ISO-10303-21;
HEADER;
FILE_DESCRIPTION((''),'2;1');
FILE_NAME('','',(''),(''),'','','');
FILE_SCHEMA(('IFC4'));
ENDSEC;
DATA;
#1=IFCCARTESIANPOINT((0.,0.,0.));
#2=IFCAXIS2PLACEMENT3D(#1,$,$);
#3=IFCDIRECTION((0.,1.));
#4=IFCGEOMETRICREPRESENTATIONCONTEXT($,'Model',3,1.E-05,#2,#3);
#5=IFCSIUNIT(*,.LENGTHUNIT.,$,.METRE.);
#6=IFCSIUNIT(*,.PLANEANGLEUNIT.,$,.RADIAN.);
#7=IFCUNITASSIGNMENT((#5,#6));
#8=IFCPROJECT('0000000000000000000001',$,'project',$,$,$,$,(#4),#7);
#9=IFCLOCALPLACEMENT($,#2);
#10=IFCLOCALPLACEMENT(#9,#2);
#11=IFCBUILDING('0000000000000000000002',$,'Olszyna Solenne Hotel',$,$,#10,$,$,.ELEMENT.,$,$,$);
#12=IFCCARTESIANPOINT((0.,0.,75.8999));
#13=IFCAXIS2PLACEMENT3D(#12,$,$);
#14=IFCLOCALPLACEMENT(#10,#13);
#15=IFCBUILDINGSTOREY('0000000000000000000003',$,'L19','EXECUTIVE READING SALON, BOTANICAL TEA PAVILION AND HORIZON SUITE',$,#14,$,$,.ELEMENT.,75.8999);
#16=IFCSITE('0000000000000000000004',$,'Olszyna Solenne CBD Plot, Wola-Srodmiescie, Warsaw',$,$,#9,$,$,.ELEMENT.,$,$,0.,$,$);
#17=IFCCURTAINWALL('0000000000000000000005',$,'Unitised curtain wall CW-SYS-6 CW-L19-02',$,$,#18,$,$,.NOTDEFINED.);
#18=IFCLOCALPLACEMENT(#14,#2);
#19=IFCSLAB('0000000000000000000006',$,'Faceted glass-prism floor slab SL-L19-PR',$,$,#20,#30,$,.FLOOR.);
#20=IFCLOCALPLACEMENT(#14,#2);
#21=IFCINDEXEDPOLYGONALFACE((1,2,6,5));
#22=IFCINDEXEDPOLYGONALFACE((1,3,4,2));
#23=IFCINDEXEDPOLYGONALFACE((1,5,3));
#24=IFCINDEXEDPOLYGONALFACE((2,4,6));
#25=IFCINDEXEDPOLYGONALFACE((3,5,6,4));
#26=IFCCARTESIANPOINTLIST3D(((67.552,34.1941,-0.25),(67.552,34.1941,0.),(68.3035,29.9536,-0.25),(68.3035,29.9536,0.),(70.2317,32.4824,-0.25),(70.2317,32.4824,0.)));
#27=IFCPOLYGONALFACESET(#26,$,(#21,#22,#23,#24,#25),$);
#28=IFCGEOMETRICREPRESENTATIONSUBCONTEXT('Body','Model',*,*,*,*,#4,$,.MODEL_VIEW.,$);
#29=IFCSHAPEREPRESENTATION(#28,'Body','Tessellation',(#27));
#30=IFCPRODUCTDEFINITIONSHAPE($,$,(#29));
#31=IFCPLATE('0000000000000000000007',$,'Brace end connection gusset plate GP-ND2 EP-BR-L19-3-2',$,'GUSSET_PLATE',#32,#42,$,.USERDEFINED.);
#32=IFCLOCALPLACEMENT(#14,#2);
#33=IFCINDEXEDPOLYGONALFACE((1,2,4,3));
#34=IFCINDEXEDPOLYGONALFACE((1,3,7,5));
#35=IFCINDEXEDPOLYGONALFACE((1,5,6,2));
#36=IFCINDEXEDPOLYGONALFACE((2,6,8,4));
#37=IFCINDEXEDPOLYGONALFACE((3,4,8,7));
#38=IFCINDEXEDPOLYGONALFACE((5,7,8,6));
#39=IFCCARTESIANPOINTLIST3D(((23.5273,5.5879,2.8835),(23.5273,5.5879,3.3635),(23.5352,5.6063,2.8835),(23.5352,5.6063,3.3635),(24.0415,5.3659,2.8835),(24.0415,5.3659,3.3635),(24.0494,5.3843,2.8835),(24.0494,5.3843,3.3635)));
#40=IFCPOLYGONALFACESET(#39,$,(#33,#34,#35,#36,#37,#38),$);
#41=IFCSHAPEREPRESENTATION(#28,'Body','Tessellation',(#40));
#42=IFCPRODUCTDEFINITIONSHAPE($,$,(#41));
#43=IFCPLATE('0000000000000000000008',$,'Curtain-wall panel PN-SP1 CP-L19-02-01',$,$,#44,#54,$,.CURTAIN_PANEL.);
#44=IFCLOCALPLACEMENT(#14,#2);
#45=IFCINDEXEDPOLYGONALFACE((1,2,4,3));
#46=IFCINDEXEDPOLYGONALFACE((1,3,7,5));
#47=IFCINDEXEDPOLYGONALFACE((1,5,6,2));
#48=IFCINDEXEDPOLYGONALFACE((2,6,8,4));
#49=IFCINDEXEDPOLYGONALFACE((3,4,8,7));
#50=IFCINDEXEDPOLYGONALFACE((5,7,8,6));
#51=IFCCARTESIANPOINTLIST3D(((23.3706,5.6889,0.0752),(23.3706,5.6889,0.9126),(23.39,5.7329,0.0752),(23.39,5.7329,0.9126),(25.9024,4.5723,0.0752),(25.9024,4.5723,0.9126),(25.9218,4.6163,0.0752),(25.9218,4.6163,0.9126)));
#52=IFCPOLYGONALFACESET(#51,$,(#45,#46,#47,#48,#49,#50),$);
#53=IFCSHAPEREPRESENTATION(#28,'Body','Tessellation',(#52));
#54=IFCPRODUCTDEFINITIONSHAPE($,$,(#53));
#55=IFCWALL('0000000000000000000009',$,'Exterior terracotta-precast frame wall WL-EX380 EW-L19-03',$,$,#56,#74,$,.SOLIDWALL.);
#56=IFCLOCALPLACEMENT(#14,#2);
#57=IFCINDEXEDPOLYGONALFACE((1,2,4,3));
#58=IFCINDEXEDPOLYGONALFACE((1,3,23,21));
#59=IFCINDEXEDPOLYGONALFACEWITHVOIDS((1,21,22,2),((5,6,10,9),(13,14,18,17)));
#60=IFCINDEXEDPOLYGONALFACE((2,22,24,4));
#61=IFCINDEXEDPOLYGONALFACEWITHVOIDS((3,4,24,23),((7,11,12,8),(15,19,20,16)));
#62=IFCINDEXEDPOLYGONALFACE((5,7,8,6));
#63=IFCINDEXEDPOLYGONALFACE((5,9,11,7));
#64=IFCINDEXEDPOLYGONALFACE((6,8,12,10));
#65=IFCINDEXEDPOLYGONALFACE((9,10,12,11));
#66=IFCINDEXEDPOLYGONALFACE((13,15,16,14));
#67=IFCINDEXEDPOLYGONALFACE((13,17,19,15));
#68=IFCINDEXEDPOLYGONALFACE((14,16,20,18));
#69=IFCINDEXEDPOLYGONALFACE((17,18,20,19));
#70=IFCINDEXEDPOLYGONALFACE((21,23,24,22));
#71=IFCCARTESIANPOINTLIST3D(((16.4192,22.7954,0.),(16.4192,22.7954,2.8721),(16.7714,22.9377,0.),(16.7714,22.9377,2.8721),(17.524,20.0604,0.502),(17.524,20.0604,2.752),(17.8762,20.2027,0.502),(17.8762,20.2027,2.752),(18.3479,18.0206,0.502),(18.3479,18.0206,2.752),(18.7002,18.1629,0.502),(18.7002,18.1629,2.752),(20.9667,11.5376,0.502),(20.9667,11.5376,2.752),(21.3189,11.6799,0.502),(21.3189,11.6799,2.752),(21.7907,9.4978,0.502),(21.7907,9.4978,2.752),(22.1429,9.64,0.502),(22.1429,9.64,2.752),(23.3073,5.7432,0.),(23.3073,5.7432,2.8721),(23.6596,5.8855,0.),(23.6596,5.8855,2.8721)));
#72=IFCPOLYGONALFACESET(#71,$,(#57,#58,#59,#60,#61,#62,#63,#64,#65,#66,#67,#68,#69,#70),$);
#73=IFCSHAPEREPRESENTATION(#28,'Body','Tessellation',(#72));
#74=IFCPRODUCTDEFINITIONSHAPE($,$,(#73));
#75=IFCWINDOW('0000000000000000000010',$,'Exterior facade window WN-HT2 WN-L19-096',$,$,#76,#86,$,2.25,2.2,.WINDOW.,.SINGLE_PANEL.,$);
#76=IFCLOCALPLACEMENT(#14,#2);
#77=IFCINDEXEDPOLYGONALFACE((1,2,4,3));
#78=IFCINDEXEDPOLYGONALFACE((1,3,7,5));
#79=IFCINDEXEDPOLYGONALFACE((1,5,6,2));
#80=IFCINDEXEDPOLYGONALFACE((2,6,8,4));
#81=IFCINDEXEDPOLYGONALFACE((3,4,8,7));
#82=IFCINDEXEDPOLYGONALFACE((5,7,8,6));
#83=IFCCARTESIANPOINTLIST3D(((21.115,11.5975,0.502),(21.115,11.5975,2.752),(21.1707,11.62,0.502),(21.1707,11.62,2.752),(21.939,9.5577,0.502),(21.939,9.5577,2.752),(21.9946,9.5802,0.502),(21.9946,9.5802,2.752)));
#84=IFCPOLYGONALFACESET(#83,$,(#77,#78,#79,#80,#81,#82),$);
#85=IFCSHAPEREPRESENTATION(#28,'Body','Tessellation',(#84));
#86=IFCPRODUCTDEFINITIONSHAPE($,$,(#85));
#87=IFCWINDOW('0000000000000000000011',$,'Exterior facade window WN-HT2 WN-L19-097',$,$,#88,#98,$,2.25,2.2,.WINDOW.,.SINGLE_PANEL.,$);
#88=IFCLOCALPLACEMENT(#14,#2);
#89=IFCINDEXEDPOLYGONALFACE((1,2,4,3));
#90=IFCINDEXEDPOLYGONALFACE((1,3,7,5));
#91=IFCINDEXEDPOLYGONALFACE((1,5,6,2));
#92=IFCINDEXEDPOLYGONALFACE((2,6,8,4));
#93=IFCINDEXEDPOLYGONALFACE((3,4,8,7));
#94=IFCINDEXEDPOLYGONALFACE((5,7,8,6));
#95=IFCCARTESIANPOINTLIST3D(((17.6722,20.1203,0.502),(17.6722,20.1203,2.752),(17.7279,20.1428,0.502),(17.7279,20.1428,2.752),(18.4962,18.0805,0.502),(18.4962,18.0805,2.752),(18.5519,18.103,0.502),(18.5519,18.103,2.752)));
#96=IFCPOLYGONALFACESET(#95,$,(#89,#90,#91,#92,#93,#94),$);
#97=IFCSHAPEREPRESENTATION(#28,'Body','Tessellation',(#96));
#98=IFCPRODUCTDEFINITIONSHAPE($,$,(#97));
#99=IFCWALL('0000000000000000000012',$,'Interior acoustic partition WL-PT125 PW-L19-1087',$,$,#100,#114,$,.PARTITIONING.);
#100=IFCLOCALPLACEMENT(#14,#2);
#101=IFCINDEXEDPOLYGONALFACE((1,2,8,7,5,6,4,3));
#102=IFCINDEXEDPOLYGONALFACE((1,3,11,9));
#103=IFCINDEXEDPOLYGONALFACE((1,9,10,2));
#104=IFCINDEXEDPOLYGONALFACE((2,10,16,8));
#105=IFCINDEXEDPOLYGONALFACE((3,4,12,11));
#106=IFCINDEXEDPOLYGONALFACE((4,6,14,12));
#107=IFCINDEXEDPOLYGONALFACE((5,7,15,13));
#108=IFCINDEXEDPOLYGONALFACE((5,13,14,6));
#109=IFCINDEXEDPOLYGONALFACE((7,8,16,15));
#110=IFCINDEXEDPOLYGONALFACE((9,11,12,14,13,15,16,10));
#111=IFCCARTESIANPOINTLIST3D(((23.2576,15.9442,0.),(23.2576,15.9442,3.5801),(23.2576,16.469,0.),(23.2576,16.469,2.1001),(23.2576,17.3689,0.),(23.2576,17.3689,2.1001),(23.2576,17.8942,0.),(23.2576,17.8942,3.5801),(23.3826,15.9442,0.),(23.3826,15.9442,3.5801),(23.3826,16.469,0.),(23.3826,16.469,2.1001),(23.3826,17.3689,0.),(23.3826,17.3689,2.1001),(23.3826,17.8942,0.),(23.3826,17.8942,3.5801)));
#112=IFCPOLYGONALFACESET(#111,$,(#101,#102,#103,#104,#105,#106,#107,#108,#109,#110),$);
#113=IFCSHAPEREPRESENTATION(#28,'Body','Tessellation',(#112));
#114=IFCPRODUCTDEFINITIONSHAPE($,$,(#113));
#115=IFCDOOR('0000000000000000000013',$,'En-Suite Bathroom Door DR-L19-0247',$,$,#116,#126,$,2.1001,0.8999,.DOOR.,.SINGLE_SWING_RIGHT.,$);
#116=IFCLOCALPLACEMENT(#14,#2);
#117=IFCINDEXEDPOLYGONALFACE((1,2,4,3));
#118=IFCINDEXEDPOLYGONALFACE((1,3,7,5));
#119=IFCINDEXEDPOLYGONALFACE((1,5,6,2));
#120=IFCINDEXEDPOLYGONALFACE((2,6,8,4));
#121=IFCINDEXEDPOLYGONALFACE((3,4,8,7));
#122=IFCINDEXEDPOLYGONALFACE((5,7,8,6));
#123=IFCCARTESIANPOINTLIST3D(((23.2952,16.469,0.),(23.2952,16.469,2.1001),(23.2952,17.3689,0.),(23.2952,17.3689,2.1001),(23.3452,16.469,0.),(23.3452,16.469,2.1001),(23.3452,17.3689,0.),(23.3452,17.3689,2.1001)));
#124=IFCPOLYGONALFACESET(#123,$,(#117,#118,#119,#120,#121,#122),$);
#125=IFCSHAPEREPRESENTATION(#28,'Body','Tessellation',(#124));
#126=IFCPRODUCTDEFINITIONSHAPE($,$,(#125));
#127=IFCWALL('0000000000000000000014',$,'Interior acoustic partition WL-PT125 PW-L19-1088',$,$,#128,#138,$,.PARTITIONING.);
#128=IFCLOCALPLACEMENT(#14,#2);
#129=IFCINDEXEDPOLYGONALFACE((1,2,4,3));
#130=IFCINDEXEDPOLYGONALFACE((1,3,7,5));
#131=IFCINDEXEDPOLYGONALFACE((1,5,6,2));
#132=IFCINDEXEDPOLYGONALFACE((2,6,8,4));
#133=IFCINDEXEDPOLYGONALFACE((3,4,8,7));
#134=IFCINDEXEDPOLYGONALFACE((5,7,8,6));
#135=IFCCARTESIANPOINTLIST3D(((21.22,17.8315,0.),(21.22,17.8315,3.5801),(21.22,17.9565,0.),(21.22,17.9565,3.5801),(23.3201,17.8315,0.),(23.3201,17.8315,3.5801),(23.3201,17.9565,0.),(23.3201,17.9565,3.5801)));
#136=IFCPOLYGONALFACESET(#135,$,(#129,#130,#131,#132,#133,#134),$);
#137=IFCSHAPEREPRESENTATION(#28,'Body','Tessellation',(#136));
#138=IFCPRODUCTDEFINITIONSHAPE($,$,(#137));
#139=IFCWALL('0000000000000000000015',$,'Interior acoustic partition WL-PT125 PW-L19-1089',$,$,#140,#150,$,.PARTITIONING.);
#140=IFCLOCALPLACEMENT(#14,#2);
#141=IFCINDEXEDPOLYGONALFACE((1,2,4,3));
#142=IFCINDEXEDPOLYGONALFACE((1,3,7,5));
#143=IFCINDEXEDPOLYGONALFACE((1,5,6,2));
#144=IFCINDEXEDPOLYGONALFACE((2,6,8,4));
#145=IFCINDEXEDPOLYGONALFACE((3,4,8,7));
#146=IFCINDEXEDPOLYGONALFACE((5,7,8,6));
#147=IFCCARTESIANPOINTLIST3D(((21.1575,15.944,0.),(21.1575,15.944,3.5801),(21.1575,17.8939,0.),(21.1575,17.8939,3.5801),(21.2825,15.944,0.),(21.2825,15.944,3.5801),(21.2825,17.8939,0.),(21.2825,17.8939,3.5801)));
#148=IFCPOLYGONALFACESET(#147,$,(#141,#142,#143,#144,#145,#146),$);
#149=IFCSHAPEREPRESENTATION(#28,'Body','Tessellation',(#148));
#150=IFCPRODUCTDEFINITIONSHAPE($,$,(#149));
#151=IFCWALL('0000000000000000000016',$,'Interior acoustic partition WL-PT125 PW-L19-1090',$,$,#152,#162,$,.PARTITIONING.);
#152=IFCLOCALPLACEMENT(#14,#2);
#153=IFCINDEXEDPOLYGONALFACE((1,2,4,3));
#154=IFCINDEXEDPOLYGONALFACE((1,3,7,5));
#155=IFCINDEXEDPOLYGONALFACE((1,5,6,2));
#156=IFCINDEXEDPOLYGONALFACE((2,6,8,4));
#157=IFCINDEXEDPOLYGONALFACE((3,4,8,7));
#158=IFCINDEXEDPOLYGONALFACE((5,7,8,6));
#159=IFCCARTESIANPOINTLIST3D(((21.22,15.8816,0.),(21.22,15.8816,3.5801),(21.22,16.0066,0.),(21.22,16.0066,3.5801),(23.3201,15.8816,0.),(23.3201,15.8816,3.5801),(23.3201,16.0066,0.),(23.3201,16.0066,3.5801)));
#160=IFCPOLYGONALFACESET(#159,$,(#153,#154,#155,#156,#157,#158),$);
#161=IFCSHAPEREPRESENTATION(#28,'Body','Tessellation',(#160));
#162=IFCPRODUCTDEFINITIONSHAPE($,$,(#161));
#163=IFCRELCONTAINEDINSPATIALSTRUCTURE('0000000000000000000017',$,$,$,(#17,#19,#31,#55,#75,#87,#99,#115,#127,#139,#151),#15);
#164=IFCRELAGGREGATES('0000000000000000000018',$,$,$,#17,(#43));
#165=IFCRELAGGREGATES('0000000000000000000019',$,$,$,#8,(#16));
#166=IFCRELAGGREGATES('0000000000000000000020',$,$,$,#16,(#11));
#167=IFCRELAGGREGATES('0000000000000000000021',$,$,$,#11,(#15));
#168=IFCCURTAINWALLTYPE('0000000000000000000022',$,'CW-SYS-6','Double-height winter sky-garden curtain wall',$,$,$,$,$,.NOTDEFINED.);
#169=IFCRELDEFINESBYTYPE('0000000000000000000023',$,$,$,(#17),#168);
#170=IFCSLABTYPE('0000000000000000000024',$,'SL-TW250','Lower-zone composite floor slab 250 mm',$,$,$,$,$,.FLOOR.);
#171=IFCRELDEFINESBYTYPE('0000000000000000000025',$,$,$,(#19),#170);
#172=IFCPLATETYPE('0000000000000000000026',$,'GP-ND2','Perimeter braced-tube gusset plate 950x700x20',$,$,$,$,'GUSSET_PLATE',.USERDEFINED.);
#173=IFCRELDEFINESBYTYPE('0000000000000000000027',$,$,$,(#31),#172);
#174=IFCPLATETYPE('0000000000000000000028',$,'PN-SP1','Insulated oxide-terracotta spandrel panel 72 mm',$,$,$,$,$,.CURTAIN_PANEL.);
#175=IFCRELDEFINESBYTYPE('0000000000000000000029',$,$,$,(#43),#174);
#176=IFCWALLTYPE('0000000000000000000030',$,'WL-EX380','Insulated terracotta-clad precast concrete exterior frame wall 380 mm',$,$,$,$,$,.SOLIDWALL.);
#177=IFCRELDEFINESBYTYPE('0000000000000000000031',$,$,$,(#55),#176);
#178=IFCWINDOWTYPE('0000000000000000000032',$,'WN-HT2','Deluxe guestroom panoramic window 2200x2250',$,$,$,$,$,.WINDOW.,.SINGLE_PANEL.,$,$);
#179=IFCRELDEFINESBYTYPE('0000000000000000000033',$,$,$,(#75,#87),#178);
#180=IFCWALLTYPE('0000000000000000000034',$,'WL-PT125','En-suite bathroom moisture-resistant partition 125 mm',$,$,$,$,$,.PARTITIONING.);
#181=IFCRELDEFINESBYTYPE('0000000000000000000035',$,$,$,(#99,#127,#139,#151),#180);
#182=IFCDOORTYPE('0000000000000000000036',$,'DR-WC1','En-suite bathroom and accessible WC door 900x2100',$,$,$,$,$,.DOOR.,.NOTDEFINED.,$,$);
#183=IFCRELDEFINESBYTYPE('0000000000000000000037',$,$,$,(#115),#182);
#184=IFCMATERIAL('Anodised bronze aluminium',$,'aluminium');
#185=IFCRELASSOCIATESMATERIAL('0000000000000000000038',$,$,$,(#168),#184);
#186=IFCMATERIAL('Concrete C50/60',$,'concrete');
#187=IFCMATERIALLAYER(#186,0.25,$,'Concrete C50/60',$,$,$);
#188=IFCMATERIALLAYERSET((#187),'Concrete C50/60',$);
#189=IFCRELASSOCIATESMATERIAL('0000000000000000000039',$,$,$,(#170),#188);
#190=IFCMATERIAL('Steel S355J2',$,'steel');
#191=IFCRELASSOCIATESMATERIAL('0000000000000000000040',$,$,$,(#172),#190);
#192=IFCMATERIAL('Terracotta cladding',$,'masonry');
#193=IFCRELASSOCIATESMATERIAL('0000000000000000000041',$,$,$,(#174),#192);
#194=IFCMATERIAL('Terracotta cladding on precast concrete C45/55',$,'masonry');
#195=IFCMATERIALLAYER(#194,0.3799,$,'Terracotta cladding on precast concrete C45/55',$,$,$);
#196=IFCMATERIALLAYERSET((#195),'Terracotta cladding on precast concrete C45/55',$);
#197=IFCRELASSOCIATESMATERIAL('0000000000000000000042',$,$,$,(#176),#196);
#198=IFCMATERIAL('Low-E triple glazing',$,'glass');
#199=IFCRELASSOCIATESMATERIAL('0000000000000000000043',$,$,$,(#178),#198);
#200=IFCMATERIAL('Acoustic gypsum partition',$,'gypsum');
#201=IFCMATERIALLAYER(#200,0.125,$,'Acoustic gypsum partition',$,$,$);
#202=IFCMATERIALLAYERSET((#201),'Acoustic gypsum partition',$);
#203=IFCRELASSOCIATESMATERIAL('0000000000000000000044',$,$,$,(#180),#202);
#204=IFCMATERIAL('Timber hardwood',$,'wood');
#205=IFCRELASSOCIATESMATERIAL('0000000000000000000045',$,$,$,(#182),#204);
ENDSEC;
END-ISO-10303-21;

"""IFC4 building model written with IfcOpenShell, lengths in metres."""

from ifc_helpers import new_model, si_unit, direction, frame, frame_2d, origin, origin_2d, place, context, subcontext, project, spatial, polyline, rectangle, outline, extrude, source, transform, mapped, material, layer, layer_set, type_object, type_shapes, element, fill, aggregate, save


model = new_model("IFC4")

# Units and contexts
model_context = context("Model", 3, precision=1e-05, world=origin(), true_north=direction((0.0, 1.0)))
body_context = subcontext(model_context, "Body", "Model", "MODEL_VIEW")
ifc_project = project(units=[si_unit("LENGTHUNIT", "METRE"), si_unit("PLANEANGLEUNIT", "RADIAN")], contexts=[model_context])

# Site, building, storey
site_placement = place(None, origin())
site = spatial("IfcSite", under=ifc_project, at=site_placement, Name="Olszyna Solenne CBD Plot, Wola-Srodmiescie, Warsaw", CompositionType="ELEMENT", RefElevation=0.0)
building_placement = place(site_placement, origin())
building = spatial("IfcBuilding", under=site, at=building_placement, Name="Olszyna Solenne Hotel", CompositionType="ELEMENT")
storey_placement = place(building_placement, frame((0.0, 0.0, 75.8999)))
storey = spatial("IfcBuildingStorey", under=building, at=storey_placement, Name="L19", Description="EXECUTIVE READING SALON, BOTANICAL TEA PAVILION AND HORIZON SUITE", CompositionType="ELEMENT", Elevation=75.8999)

# Shared definitions
ifc_material_1 = material(Name="Steel S355J2", Category="steel")

# Curtain wall
ifc_material_2 = material(Name="Anodised bronze aluminium", Category="aluminium")
curtain_wall_type = type_object("IfcCurtainWallType", Name="CW-SYS-6", Description="Double-height winter sky-garden curtain wall", PredefinedType="NOTDEFINED", material=ifc_material_2)
curtain_wall_placement = place(storey_placement, origin())
curtain_wall = element("IfcCurtainWall", 1, at=curtain_wall_placement, inside=storey, type_object=curtain_wall_type, Name="Unitised curtain wall CW-SYS-6 CW-L19-02", PredefinedType="NOTDEFINED")

# Slab
ifc_material_3 = material(Name="Concrete C50/60", Category="concrete")
ifc_layer_1 = layer(ifc_material_3, 0.25, Name="Concrete C50/60")
ifc_layer_set_1 = layer_set([ifc_layer_1], Name="Concrete C50/60")
slab_type_1 = type_object("IfcSlabType", Name="SL-TW250", Description="Lower-zone composite floor slab 250 mm", PredefinedType="FLOOR", material=ifc_layer_set_1)
slab_1_placement = place(storey_placement, frame((0.0, 0.0, -0.25)))
element("IfcSlab", 2, at=slab_1_placement, inside=storey, type_object=slab_type_1, Name="Faceted glass-prism floor slab SL-L19-PR", PredefinedType="FLOOR", context=body_context, shape_type="SweptSolid", body=[
    extrude(outline(polyline([(67.552, 34.1941), (68.3035, 29.9536), (70.2317, 32.4824), (67.552, 34.1941)])), origin(), (0.0, 0.0, 1.0), 0.25),
])

# Plates
plate_type_1 = type_object("IfcPlateType", Name="GP-ND2", Description="Perimeter braced-tube gusset plate 950x700x20", ElementType="GUSSET_PLATE", PredefinedType="USERDEFINED", material=ifc_material_1)
shared_shape_1 = source(origin(), body_context, "Body", "SweptSolid", [
    extrude(rectangle(XDim=0.5601, YDim=0.02, at=origin_2d()), origin(), (0.0, 0.0, 1.0), 0.48),
])
plate_1_placement = place(storey_placement, frame((23.7883, 5.4861, 2.8835), z_axis=(0.0, 0.0, 1.0), x_axis=(-0.918101, 0.396347, 0.0)))
element("IfcPlate", 3, at=plate_1_placement, inside=storey, type_object=plate_type_1, Name="Brace end connection gusset plate GP-ND2 EP-BR-L19-3-2", ObjectType="GUSSET_PLATE", PredefinedType="USERDEFINED", context=body_context, shape_type="MappedRepresentation", body=[
    mapped(shared_shape_1, transform((0.0, 0.0, 0.0), x_axis=(1.0, 0.0, 0.0), y_axis=(0.0, 1.0, 0.0), z_axis=(0.0, 0.0, 1.0), scale=1.0)),
])
ifc_material_4 = material(Name="Terracotta cladding", Category="masonry")
plate_type_2 = type_object("IfcPlateType", Name="PN-SP1", Description="Insulated oxide-terracotta spandrel panel 72 mm", PredefinedType="CURTAIN_PANEL", material=ifc_material_4)
shared_shape_2 = source(origin(), body_context, "Body", "SweptSolid", [
    extrude(rectangle(XDim=2.7671, YDim=0.0481, at=origin_2d()), origin(), (0.0, 0.0, 1.0), 0.8374),
])
plate_2_placement = place(storey_placement, frame((24.6462, 5.1526, 0.0752), z_axis=(0.0, 0.0, 1.0), x_axis=(0.914968, -0.403527, 0.0)))
plate_2 = element("IfcPlate", 4, at=plate_2_placement, type_object=plate_type_2, Name="Curtain-wall panel PN-SP1 CP-L19-02-01", PredefinedType="CURTAIN_PANEL", context=body_context, shape_type="MappedRepresentation", body=[
    mapped(shared_shape_2, transform((0.0, 0.0, 0.0), x_axis=(1.0, 0.0, 0.0), y_axis=(0.0, 1.0, 0.0), z_axis=(0.0, 0.0, 1.0), scale=1.0)),
])
aggregate(curtain_wall, [plate_2])

# Wall, openings, windows
ifc_material_5 = material(Name="Terracotta cladding on precast concrete C45/55", Category="masonry")
ifc_layer_2 = layer(ifc_material_5, 0.3799, Name="Terracotta cladding on precast concrete C45/55")
ifc_layer_set_2 = layer_set([ifc_layer_2], Name="Terracotta cladding on precast concrete C45/55")
wall_type_1 = type_object("IfcWallType", Name="WL-EX380", Description="Insulated terracotta-clad precast concrete exterior frame wall 380 mm", PredefinedType="SOLIDWALL", material=ifc_layer_set_2)
wall_1_placement = place(storey_placement, frame((23.4834, 5.8145, 0.0), z_axis=(0.0, 0.0, 1.0), x_axis=(-0.374543, 0.92721, 0.0)))
wall_1 = element("IfcWall", 5, at=wall_1_placement, inside=storey, type_object=wall_type_1, Name="Exterior terracotta-precast frame wall WL-EX380 EW-L19-03", PredefinedType="SOLIDWALL", context=body_context, shape_type="SweptSolid", body=[
    extrude(rectangle(XDim=18.3909, YDim=0.3799, at=frame_2d((9.1953, 0.0))), origin(), (0.0, 0.0, 1.0), 2.8721),
])
opening_1_placement = place(wall_1_placement, frame((4.0491, 0.0, 0.502)))
opening_1 = element("IfcOpeningElement", 6, at=opening_1_placement, cuts=wall_1, PredefinedType="OPENING", context=body_context, shape_type="SweptSolid", body=[
    extrude(rectangle(XDim=2.2, YDim=2.25, at=frame_2d((1.1001, 1.125))), frame((0.0, 0.2, 0.0), z_axis=(0.0, -1.0, 0.0), x_axis=(1.0, 0.0, 0.0)), (0.0, 0.0, 1.0), 0.3999),
])
opening_2_placement = place(wall_1_placement, frame((13.241, 0.0, 0.502)))
opening_2 = element("IfcOpeningElement", 7, at=opening_2_placement, cuts=wall_1, PredefinedType="OPENING", context=body_context, shape_type="SweptSolid", body=[
    extrude(rectangle(XDim=2.2, YDim=2.25, at=frame_2d((1.1001, 1.125))), frame((0.0, 0.2, 0.0), z_axis=(0.0, -1.0, 0.0), x_axis=(1.0, 0.0, 0.0)), (0.0, 0.0, 1.0), 0.3999),
])
ifc_material_6 = material(Name="Low-E triple glazing", Category="glass")
window_type = type_object("IfcWindowType", Name="WN-HT2", Description="Deluxe guestroom panoramic window 2200x2250", PartitioningType="SINGLE_PANEL", PredefinedType="WINDOW", material=ifc_material_6)
shared_shape_3 = source(origin(), body_context, "Body", "SweptSolid", [
    extrude(rectangle(XDim=2.2, YDim=2.25, at=frame_2d((1.1001, 1.125))), frame((0.0, 0.03, 0.0), z_axis=(0.0, -1.0, 0.0), x_axis=(1.0, 0.0, 0.0)), (0.0, 0.0, 1.0), 0.0601),
])
type_shapes(window_type, [shared_shape_3])
window_1_placement = place(opening_1_placement, origin())
window_1 = element("IfcWindow", 8, at=window_1_placement, inside=storey, type_object=window_type, Name="Exterior facade window WN-HT2 WN-L19-096", OverallHeight=2.25, OverallWidth=2.2, PartitioningType="SINGLE_PANEL", PredefinedType="WINDOW", context=body_context, shape_type="MappedRepresentation", body=[
    mapped(shared_shape_3, transform((0.0, 0.0, 0.0), x_axis=(1.0, 0.0, 0.0), y_axis=(0.0, 1.0, 0.0), z_axis=(0.0, 0.0, 1.0), scale=1.0)),
])
fill(opening_1, window_1)
window_2_placement = place(opening_2_placement, origin())
window_2 = element("IfcWindow", 9, at=window_2_placement, inside=storey, type_object=window_type, Name="Exterior facade window WN-HT2 WN-L19-097", OverallHeight=2.25, OverallWidth=2.2, PartitioningType="SINGLE_PANEL", PredefinedType="WINDOW", context=body_context, shape_type="MappedRepresentation", body=[
    mapped(shared_shape_3, transform((0.0, 0.0, 0.0), x_axis=(1.0, 0.0, 0.0), y_axis=(0.0, 1.0, 0.0), z_axis=(0.0, 0.0, 1.0), scale=1.0)),
])
fill(opening_2, window_2)

# Wall, opening, door
ifc_material_7 = material(Name="Acoustic gypsum partition", Category="gypsum")
ifc_layer_3 = layer(ifc_material_7, 0.125, Name="Acoustic gypsum partition")
ifc_layer_set_3 = layer_set([ifc_layer_3], Name="Acoustic gypsum partition")
wall_type_2 = type_object("IfcWallType", Name="WL-PT125", Description="En-suite bathroom moisture-resistant partition 125 mm", PredefinedType="PARTITIONING", material=ifc_layer_set_3)
wall_2_placement = place(storey_placement, frame((23.3201, 15.9441, 0.0), z_axis=(0.0, 0.0, 1.0), x_axis=(0.0, 1.0, 0.0)))
wall_2 = element("IfcWall", 10, at=wall_2_placement, inside=storey, type_object=wall_type_2, Name="Interior acoustic partition WL-PT125 PW-L19-1087", PredefinedType="PARTITIONING", context=body_context, shape_type="SweptSolid", body=[
    extrude(rectangle(XDim=1.95, YDim=0.125, at=frame_2d((0.9751, 0.0))), origin(), (0.0, 0.0, 1.0), 3.5801),
])
opening_3_placement = place(wall_2_placement, frame((0.5249, 0.0, 0.0)))
opening_3 = element("IfcOpeningElement", 11, at=opening_3_placement, cuts=wall_2, PredefinedType="OPENING", context=body_context, shape_type="SweptSolid", body=[
    extrude(rectangle(XDim=0.8999, YDim=2.1001, at=frame_2d((0.45, 1.05))), frame((0.0, 0.0725, 0.0), z_axis=(0.0, -1.0, 0.0), x_axis=(1.0, 0.0, 0.0)), (0.0, 0.0, 1.0), 0.145),
])
ifc_material_8 = material(Name="Timber hardwood", Category="wood")
door_type = type_object("IfcDoorType", Name="DR-WC1", Description="En-suite bathroom and accessible WC door 900x2100", OperationType="NOTDEFINED", PredefinedType="DOOR", material=ifc_material_8)
shared_shape_4 = source(origin(), body_context, "Body", "SweptSolid", [
    extrude(rectangle(XDim=0.8999, YDim=2.1001, at=frame_2d((0.45, 1.05))), frame((0.0, 0.0249, 0.0), z_axis=(0.0, -1.0, 0.0), x_axis=(1.0, 0.0, 0.0)), (0.0, 0.0, 1.0), 0.05),
])
type_shapes(door_type, [shared_shape_4])
door_placement = place(opening_3_placement, origin())
door = element("IfcDoor", 12, at=door_placement, inside=storey, type_object=door_type, Name="En-Suite Bathroom Door DR-L19-0247", OperationType="SINGLE_SWING_RIGHT", OverallHeight=2.1001, OverallWidth=0.8999, PredefinedType="DOOR", context=body_context, shape_type="MappedRepresentation", body=[
    mapped(shared_shape_4, transform((0.0, 0.0, 0.0), x_axis=(1.0, 0.0, 0.0), y_axis=(0.0, 1.0, 0.0), z_axis=(0.0, 0.0, 1.0), scale=1.0)),
])
fill(opening_3, door)

# Walls
wall_3_placement = place(storey_placement, frame((23.3201, 17.894, 0.0), z_axis=(0.0, 0.0, 1.0), x_axis=(-1.0, 0.0, 0.0)))
element("IfcWall", 13, at=wall_3_placement, inside=storey, type_object=wall_type_2, Name="Interior acoustic partition WL-PT125 PW-L19-1088", PredefinedType="PARTITIONING", context=body_context, shape_type="SweptSolid", body=[
    extrude(rectangle(XDim=2.1001, YDim=0.125, at=frame_2d((1.05, 0.0))), origin(), (0.0, 0.0, 1.0), 3.5801),
])
wall_4_placement = place(storey_placement, frame((21.22, 17.894, 0.0), z_axis=(0.0, 0.0, 1.0), x_axis=(0.0, -1.0, 0.0)))
element("IfcWall", 14, at=wall_4_placement, inside=storey, type_object=wall_type_2, Name="Interior acoustic partition WL-PT125 PW-L19-1089", PredefinedType="PARTITIONING", context=body_context, shape_type="SweptSolid", body=[
    extrude(rectangle(XDim=1.95, YDim=0.125, at=frame_2d((0.9751, 0.0))), origin(), (0.0, 0.0, 1.0), 3.5801),
])
wall_5_placement = place(storey_placement, frame((21.22, 15.9441, 0.0), z_axis=(0.0, 0.0, 1.0), x_axis=(1.0, 0.0, 0.0)))
element("IfcWall", 15, at=wall_5_placement, inside=storey, type_object=wall_type_2, Name="Interior acoustic partition WL-PT125 PW-L19-1090", PredefinedType="PARTITIONING", context=body_context, shape_type="SweptSolid", body=[
    extrude(rectangle(XDim=2.1001, YDim=0.125, at=frame_2d((1.05, 0.0))), origin(), (0.0, 0.0, 1.0), 3.5801),
])

save(model, "model.ifc")
